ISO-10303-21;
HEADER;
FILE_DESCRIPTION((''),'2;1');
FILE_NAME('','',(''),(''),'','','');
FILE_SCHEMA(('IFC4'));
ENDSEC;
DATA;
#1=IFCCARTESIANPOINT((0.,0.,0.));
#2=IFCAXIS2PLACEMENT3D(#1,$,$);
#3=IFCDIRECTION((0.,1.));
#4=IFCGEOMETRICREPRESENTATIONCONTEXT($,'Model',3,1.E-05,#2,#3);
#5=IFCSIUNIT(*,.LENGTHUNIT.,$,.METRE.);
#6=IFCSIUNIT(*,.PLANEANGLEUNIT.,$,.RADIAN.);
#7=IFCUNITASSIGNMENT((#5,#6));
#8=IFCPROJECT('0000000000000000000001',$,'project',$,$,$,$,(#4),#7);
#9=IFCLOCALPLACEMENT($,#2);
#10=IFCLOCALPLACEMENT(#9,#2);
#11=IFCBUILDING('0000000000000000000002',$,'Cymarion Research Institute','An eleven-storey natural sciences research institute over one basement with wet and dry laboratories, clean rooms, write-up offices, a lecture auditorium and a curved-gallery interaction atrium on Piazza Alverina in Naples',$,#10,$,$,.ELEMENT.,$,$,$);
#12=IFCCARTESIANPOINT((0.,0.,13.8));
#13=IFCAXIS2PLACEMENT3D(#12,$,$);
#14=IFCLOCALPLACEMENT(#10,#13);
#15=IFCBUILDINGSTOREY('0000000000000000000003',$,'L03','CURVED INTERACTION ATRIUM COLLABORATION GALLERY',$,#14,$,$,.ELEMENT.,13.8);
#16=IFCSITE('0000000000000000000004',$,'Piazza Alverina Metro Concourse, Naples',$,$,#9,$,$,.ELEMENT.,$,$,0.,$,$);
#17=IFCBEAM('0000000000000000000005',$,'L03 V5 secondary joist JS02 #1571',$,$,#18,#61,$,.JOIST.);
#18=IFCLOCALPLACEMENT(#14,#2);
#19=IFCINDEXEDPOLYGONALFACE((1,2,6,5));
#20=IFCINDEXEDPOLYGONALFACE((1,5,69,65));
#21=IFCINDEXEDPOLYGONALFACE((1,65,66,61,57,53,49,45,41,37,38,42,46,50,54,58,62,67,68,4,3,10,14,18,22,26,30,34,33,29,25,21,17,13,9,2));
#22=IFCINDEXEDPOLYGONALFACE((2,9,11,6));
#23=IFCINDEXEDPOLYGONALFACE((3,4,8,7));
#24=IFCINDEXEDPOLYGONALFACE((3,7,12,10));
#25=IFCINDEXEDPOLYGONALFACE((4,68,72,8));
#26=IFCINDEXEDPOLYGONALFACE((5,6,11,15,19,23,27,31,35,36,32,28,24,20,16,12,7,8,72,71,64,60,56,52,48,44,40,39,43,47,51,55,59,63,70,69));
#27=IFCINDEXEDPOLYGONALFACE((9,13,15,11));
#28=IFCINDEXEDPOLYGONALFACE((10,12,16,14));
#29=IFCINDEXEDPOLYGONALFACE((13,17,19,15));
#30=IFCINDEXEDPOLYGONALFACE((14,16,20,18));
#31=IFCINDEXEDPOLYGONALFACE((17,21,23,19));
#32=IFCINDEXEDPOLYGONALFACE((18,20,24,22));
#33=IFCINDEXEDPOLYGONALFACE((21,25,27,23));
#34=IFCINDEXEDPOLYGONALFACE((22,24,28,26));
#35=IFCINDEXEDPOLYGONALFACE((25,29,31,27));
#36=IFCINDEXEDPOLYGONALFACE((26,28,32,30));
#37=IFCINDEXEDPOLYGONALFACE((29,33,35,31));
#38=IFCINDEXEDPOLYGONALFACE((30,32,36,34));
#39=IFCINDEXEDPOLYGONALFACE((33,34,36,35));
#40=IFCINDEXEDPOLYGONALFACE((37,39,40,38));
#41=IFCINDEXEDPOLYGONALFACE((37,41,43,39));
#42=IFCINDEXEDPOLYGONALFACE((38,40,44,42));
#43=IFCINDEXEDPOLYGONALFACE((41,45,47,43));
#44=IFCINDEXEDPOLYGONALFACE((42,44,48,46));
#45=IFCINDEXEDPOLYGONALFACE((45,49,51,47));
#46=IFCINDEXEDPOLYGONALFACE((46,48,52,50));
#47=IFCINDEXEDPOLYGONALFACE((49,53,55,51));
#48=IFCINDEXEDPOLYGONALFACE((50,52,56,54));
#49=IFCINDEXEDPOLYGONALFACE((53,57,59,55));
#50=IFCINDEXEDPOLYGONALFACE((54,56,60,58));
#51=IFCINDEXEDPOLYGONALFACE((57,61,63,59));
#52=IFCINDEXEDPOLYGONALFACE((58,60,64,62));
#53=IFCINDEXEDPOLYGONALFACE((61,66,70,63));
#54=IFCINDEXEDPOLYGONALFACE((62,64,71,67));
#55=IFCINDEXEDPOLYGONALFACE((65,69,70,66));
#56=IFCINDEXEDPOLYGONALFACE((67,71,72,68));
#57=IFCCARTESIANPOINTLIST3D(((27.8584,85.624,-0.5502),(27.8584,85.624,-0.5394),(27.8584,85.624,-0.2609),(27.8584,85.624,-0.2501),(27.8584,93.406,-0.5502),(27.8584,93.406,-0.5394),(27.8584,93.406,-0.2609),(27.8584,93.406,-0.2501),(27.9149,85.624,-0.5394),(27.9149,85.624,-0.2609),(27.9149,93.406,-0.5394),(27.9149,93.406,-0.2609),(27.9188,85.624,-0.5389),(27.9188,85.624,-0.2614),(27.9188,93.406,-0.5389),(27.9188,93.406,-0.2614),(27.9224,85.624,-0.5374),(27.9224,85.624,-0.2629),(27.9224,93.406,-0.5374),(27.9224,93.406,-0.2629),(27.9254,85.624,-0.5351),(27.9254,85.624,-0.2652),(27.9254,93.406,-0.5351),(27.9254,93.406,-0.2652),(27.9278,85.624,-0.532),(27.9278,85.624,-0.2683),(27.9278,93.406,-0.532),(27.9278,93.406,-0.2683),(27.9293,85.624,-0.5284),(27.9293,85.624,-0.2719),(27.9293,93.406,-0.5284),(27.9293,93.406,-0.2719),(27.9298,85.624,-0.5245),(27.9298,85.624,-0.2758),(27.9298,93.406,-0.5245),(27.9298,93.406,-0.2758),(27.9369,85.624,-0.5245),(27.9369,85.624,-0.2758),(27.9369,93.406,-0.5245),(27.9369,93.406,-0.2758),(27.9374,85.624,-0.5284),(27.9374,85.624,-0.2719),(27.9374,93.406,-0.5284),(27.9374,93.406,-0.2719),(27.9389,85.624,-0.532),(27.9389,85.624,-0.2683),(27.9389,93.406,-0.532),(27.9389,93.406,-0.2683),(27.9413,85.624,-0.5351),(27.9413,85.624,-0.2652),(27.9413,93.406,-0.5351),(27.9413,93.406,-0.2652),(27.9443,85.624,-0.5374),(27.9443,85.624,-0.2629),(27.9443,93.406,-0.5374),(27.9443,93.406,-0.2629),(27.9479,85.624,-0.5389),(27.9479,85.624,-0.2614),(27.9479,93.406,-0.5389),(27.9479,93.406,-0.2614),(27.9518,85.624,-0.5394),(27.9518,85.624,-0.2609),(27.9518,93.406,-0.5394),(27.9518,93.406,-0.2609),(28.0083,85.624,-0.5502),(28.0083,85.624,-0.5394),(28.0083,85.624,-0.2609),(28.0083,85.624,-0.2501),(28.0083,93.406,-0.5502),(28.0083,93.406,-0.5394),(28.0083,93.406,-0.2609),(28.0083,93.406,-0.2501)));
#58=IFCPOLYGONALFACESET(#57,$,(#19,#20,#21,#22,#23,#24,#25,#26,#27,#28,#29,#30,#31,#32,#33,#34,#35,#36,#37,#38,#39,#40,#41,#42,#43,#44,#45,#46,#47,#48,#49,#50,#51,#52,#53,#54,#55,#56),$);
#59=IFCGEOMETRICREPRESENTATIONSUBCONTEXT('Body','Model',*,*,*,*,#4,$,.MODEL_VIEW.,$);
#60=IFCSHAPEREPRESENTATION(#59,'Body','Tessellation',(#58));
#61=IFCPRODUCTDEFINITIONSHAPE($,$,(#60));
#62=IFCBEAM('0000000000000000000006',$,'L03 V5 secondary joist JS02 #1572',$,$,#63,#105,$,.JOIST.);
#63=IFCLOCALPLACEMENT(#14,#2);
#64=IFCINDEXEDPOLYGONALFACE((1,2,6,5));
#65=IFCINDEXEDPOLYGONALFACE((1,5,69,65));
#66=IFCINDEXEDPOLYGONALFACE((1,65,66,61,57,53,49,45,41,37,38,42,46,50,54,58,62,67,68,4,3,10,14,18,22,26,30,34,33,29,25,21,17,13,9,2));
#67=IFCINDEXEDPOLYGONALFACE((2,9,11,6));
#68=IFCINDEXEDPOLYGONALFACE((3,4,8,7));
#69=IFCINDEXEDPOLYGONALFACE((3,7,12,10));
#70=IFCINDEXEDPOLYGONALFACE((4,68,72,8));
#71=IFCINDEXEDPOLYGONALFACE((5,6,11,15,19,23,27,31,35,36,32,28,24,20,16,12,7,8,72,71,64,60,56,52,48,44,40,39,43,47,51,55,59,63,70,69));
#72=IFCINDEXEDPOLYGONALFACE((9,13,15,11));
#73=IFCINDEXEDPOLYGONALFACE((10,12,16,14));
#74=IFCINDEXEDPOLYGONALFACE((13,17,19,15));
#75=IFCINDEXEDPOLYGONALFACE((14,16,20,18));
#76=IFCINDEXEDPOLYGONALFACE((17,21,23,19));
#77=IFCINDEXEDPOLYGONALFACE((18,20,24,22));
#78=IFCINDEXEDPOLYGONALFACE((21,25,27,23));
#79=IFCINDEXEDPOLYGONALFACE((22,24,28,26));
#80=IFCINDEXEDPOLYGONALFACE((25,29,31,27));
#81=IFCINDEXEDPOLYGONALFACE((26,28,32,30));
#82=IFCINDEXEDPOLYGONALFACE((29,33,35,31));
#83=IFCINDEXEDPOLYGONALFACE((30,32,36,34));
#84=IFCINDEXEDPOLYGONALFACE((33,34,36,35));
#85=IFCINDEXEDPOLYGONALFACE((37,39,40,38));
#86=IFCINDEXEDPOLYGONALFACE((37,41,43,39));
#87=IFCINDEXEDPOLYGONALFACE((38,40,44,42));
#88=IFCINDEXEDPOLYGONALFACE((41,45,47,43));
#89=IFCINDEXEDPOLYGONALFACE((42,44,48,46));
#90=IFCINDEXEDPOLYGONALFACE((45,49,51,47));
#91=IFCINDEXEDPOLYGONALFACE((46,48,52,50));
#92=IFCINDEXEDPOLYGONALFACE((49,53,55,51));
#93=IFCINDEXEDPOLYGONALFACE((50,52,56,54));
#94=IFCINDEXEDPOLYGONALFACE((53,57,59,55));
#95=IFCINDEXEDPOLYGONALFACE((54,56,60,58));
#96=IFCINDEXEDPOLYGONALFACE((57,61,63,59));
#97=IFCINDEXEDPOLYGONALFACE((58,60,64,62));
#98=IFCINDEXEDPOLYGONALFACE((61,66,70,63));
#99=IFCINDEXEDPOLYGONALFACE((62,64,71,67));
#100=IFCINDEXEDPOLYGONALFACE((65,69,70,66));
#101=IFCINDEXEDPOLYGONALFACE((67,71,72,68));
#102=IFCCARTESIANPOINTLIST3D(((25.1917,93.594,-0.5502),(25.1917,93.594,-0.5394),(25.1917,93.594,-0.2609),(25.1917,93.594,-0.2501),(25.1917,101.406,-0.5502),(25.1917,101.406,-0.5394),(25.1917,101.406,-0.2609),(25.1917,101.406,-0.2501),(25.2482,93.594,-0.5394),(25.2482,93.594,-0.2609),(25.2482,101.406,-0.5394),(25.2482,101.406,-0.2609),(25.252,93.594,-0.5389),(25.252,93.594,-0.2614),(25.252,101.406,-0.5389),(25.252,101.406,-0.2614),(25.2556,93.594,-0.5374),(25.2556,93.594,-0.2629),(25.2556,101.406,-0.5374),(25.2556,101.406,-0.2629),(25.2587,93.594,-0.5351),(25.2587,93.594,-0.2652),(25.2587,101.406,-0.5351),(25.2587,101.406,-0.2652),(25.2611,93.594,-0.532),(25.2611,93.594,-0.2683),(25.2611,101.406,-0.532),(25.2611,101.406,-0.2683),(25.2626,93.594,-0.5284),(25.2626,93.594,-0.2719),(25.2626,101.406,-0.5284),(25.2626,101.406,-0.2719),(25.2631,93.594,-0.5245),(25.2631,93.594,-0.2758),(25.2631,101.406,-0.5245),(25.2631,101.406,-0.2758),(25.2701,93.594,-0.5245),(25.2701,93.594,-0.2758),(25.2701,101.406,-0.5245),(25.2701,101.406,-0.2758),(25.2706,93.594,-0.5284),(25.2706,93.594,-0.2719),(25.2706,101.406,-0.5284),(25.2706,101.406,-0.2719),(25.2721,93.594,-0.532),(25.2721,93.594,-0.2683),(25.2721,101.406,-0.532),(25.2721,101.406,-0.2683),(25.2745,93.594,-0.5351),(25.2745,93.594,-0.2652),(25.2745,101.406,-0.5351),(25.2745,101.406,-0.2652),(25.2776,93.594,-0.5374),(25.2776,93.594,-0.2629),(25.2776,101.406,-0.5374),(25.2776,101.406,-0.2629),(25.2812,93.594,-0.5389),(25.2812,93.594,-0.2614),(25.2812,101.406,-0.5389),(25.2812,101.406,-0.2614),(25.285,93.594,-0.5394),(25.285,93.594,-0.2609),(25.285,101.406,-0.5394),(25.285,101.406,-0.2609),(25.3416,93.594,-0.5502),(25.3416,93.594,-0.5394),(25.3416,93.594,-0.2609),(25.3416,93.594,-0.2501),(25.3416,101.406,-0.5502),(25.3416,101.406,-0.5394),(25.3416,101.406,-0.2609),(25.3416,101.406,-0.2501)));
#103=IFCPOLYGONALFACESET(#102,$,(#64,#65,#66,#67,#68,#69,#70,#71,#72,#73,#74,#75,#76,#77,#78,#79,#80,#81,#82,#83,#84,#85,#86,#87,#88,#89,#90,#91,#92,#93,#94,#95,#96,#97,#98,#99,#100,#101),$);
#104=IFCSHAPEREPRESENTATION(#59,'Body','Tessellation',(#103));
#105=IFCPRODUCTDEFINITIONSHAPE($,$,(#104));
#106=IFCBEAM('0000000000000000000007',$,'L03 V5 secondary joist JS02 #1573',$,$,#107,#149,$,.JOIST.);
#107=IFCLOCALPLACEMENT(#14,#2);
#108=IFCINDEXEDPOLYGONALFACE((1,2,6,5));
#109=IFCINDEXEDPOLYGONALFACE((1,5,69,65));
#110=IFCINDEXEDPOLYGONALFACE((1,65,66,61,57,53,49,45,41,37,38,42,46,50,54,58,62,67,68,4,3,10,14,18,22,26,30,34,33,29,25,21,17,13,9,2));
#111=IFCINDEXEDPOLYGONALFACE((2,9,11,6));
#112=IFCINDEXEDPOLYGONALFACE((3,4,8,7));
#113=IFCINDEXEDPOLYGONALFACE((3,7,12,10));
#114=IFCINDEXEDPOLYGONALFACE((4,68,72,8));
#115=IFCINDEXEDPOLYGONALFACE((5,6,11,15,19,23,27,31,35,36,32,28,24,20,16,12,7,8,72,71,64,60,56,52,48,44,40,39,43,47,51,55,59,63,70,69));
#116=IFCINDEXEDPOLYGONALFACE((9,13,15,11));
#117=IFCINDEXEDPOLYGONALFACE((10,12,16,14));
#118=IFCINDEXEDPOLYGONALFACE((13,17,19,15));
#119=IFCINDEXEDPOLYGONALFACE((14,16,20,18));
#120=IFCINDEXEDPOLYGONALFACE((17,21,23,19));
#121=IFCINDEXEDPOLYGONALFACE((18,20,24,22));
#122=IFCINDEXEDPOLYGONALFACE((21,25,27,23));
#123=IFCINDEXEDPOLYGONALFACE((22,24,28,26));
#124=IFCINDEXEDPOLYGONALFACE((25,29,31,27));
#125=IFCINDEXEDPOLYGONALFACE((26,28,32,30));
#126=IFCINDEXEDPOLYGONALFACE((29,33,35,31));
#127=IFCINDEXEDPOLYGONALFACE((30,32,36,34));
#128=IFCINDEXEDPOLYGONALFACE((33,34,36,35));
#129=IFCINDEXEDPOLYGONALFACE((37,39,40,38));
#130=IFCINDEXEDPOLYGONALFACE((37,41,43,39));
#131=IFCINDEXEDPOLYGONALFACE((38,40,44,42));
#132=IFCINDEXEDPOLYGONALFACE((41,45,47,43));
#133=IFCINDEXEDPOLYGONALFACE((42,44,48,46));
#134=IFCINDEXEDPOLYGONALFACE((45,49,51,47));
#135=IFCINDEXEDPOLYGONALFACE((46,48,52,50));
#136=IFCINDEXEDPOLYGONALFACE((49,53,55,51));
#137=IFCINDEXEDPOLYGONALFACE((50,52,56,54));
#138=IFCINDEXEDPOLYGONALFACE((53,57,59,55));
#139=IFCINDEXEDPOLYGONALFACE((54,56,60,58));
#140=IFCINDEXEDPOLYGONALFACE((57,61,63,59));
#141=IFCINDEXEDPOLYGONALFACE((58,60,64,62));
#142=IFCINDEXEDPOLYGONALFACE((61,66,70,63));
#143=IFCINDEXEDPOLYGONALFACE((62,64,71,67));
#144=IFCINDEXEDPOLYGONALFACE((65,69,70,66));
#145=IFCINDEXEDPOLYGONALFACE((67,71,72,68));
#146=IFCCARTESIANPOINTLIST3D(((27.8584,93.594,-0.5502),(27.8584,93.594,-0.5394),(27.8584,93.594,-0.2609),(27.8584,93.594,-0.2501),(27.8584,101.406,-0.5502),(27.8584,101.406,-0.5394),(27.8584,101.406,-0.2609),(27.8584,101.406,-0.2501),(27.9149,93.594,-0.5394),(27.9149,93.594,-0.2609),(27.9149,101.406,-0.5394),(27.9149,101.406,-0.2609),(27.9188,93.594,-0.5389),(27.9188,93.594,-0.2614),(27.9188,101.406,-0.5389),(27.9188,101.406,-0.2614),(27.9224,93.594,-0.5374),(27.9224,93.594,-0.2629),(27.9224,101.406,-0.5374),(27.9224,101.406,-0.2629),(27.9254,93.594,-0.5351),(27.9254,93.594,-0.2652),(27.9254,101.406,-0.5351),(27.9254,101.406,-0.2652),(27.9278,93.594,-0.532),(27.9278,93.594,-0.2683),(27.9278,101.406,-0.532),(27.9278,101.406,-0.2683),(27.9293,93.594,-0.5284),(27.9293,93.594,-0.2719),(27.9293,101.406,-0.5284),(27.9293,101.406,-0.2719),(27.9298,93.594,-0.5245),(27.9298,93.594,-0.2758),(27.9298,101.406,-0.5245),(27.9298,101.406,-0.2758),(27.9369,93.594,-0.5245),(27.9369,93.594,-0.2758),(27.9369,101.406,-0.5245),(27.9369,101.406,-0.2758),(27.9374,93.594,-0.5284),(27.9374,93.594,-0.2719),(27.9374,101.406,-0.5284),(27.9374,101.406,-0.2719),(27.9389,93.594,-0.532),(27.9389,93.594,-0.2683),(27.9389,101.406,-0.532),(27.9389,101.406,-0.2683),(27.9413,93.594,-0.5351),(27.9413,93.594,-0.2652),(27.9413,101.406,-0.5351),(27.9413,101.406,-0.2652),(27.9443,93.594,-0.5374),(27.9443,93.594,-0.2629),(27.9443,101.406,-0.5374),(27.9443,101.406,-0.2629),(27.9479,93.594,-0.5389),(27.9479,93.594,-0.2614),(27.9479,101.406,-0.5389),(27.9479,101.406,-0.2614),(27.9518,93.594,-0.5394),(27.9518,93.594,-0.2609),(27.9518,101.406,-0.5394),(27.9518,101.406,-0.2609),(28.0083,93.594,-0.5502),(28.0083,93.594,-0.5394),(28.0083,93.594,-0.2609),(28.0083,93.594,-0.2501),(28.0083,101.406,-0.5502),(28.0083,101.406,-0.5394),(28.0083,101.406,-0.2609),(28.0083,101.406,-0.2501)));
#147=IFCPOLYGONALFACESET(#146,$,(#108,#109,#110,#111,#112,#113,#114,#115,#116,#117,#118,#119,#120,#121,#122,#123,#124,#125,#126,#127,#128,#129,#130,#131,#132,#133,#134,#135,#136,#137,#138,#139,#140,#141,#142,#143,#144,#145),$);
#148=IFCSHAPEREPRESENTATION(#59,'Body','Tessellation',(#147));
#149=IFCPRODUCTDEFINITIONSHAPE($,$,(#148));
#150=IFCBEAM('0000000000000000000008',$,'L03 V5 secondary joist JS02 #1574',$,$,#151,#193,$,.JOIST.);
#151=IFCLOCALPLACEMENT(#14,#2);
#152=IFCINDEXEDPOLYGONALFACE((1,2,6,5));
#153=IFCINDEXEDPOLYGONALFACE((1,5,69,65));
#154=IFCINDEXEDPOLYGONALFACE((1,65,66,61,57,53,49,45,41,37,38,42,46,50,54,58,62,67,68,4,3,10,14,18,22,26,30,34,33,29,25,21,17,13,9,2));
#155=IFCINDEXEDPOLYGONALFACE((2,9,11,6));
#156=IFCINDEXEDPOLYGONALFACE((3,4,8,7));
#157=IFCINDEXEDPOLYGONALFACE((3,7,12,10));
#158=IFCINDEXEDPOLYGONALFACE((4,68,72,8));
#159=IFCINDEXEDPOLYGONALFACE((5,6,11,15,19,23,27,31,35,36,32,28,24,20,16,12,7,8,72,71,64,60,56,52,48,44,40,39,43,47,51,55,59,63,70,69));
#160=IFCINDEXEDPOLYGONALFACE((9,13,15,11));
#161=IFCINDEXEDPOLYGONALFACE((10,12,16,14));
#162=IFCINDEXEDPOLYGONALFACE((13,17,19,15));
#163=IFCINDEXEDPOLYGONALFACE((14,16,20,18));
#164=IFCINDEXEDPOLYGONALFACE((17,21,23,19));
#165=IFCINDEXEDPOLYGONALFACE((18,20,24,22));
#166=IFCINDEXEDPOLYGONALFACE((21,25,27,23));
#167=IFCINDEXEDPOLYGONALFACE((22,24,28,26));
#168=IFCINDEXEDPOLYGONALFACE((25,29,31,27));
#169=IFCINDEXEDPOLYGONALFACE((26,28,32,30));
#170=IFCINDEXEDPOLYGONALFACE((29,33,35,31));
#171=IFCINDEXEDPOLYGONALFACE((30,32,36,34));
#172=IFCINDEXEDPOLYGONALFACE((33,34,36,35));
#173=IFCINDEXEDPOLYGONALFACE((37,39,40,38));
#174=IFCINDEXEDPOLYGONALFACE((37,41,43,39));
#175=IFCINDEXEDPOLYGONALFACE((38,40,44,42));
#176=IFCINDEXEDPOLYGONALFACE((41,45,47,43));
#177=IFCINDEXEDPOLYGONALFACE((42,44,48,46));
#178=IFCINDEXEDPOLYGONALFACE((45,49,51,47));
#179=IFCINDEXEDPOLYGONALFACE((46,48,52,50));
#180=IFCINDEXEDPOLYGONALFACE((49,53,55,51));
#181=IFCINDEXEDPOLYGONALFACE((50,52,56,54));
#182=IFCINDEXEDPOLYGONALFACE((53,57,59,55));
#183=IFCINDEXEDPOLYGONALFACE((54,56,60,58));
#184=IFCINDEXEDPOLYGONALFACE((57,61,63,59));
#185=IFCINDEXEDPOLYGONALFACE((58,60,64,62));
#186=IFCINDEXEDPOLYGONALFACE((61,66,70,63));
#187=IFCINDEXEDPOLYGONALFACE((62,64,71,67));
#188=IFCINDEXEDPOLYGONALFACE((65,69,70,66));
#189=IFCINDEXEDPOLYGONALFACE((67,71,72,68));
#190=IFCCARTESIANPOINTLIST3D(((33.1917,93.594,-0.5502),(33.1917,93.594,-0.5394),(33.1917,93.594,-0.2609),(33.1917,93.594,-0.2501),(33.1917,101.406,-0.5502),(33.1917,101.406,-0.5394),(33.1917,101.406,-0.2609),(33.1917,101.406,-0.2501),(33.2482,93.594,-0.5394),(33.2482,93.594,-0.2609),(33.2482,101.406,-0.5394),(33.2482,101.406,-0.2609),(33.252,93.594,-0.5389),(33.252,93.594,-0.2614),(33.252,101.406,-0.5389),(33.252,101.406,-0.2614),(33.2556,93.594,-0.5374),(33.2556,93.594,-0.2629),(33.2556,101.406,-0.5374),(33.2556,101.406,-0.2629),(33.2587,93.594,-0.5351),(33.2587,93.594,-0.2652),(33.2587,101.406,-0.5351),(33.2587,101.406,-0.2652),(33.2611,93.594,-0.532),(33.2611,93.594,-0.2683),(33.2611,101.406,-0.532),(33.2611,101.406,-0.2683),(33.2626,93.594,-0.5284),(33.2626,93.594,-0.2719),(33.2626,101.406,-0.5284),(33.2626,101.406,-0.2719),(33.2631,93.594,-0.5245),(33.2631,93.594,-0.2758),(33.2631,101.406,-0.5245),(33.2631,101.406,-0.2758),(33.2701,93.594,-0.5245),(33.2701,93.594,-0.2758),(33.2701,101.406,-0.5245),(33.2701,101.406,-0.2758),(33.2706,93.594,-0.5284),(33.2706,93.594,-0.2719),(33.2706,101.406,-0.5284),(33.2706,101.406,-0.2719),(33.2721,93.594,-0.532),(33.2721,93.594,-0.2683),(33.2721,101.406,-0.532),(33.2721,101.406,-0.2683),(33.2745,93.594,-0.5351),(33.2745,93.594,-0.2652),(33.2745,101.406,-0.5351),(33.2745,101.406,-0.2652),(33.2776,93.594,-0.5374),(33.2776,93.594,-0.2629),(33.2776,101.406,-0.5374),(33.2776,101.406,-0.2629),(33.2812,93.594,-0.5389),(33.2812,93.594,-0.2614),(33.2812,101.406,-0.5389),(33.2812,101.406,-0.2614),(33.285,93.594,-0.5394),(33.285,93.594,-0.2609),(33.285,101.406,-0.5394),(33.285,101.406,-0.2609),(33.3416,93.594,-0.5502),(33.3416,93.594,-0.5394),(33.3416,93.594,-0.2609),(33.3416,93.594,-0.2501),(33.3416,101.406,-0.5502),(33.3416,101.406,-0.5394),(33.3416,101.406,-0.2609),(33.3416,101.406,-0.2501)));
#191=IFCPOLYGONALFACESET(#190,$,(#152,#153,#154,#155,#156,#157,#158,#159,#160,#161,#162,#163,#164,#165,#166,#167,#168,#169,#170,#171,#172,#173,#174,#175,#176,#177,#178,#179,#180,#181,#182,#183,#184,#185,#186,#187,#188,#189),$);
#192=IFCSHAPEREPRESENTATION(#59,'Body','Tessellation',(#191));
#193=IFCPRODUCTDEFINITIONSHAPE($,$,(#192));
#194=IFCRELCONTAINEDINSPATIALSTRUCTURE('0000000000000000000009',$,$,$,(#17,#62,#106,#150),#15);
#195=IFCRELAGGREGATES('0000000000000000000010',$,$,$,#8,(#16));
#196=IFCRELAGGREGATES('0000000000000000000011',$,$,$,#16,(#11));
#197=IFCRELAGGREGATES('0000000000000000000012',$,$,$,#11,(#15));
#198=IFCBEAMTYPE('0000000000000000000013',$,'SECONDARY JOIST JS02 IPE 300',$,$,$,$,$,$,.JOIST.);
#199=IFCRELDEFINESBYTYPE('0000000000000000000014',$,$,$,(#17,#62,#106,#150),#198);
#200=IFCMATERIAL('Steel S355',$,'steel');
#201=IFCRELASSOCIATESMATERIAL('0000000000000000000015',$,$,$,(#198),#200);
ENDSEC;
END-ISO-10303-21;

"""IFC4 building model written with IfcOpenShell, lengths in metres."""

from ifc_helpers import new_model, si_unit, direction, frame, origin, origin_2d, place, context, subcontext, project, spatial, i_section, extrude, material, material_profile, profile_set, type_object, element, save


model = new_model("IFC4")

# Units and contexts
model_context = context("Model", 3, precision=1e-05, world=origin(), true_north=direction((0.0, 1.0)))
body_context = subcontext(model_context, "Body", "Model", "MODEL_VIEW")
ifc_project = project(units=[si_unit("LENGTHUNIT", "METRE"), si_unit("PLANEANGLEUNIT", "RADIAN")], contexts=[model_context])

# Site, building, storey
site_placement = place(None, origin())
site = spatial("IfcSite", under=ifc_project, at=site_placement, Name="Piazza Alverina Metro Concourse, Naples", CompositionType="ELEMENT", RefElevation=0.0)
building_placement = place(site_placement, origin())
building = spatial("IfcBuilding", under=site, at=building_placement, Name="Cymarion Research Institute", Description="An eleven-storey natural sciences research institute over one basement with wet and dry laboratories, clean rooms, write-up offices, a lecture auditorium and a curved-gallery interaction atrium on Piazza Alverina in Naples", CompositionType="ELEMENT")
storey_placement = place(building_placement, frame((0.0, 0.0, 13.8)))
storey = spatial("IfcBuildingStorey", under=building, at=storey_placement, Name="L03", Description="CURVED INTERACTION ATRIUM COLLABORATION GALLERY", CompositionType="ELEMENT", Elevation=13.8)

# Shared definitions
ifc_material_1 = material(Name="Steel S355", Category="steel")

# Beams
ifc_material_profile_1 = material_profile(ifc_material_1, i_section(OverallWidth=0.1499, OverallDepth=0.3, WebThickness=0.0071, FlangeThickness=0.0107, FilletRadius=0.0149, at=origin_2d()), Name="IPE 300")
ifc_profile_set_1 = profile_set([ifc_material_profile_1], Name="Steel S355")
beam_type_1 = type_object("IfcBeamType", Name="SECONDARY JOIST JS02 IPE 300", PredefinedType="JOIST", material=ifc_profile_set_1)
for number, where, z_axis, x_axis, name in (
    (1, (27.9333, 85.624, -0.4001), (0.0, 1.0, 0.0), (-1.0, 0.0, 0.0), "L03 V5 secondary joist JS02 #1571"),
):
    element("IfcBeam", number, at=place(storey_placement, frame(where, z_axis=z_axis, x_axis=x_axis)), inside=storey, type_object=beam_type_1, Name=name, PredefinedType="JOIST", context=body_context, shape_type="SweptSolid", body=[
        extrude(i_section(OverallWidth=0.1499, OverallDepth=0.3, WebThickness=0.0071, FlangeThickness=0.0107, FilletRadius=0.0149, at=origin_2d()), origin(), (0.0, 0.0, 1.0), 7.782),
    ])
for number, where, z_axis, x_axis, name in (
    (2, (25.2666, 93.594, -0.4001), (0.0, 1.0, 0.0), (-1.0, 0.0, 0.0), "L03 V5 secondary joist JS02 #1572"),
    (3, (27.9333, 93.594, -0.4001), (0.0, 1.0, 0.0), (-1.0, 0.0, 0.0), "L03 V5 secondary joist JS02 #1573"),
    (4, (33.2666, 93.594, -0.4001), (0.0, 1.0, 0.0), (-1.0, 0.0, 0.0), "L03 V5 secondary joist JS02 #1574"),
):
    element("IfcBeam", number, at=place(storey_placement, frame(where, z_axis=z_axis, x_axis=x_axis)), inside=storey, type_object=beam_type_1, Name=name, PredefinedType="JOIST", context=body_context, shape_type="SweptSolid", body=[
        extrude(i_section(OverallWidth=0.1499, OverallDepth=0.3, WebThickness=0.0071, FlangeThickness=0.0107, FilletRadius=0.0149, at=origin_2d()), origin(), (0.0, 0.0, 1.0), 7.812),
    ])

save(model, "model.ifc")
